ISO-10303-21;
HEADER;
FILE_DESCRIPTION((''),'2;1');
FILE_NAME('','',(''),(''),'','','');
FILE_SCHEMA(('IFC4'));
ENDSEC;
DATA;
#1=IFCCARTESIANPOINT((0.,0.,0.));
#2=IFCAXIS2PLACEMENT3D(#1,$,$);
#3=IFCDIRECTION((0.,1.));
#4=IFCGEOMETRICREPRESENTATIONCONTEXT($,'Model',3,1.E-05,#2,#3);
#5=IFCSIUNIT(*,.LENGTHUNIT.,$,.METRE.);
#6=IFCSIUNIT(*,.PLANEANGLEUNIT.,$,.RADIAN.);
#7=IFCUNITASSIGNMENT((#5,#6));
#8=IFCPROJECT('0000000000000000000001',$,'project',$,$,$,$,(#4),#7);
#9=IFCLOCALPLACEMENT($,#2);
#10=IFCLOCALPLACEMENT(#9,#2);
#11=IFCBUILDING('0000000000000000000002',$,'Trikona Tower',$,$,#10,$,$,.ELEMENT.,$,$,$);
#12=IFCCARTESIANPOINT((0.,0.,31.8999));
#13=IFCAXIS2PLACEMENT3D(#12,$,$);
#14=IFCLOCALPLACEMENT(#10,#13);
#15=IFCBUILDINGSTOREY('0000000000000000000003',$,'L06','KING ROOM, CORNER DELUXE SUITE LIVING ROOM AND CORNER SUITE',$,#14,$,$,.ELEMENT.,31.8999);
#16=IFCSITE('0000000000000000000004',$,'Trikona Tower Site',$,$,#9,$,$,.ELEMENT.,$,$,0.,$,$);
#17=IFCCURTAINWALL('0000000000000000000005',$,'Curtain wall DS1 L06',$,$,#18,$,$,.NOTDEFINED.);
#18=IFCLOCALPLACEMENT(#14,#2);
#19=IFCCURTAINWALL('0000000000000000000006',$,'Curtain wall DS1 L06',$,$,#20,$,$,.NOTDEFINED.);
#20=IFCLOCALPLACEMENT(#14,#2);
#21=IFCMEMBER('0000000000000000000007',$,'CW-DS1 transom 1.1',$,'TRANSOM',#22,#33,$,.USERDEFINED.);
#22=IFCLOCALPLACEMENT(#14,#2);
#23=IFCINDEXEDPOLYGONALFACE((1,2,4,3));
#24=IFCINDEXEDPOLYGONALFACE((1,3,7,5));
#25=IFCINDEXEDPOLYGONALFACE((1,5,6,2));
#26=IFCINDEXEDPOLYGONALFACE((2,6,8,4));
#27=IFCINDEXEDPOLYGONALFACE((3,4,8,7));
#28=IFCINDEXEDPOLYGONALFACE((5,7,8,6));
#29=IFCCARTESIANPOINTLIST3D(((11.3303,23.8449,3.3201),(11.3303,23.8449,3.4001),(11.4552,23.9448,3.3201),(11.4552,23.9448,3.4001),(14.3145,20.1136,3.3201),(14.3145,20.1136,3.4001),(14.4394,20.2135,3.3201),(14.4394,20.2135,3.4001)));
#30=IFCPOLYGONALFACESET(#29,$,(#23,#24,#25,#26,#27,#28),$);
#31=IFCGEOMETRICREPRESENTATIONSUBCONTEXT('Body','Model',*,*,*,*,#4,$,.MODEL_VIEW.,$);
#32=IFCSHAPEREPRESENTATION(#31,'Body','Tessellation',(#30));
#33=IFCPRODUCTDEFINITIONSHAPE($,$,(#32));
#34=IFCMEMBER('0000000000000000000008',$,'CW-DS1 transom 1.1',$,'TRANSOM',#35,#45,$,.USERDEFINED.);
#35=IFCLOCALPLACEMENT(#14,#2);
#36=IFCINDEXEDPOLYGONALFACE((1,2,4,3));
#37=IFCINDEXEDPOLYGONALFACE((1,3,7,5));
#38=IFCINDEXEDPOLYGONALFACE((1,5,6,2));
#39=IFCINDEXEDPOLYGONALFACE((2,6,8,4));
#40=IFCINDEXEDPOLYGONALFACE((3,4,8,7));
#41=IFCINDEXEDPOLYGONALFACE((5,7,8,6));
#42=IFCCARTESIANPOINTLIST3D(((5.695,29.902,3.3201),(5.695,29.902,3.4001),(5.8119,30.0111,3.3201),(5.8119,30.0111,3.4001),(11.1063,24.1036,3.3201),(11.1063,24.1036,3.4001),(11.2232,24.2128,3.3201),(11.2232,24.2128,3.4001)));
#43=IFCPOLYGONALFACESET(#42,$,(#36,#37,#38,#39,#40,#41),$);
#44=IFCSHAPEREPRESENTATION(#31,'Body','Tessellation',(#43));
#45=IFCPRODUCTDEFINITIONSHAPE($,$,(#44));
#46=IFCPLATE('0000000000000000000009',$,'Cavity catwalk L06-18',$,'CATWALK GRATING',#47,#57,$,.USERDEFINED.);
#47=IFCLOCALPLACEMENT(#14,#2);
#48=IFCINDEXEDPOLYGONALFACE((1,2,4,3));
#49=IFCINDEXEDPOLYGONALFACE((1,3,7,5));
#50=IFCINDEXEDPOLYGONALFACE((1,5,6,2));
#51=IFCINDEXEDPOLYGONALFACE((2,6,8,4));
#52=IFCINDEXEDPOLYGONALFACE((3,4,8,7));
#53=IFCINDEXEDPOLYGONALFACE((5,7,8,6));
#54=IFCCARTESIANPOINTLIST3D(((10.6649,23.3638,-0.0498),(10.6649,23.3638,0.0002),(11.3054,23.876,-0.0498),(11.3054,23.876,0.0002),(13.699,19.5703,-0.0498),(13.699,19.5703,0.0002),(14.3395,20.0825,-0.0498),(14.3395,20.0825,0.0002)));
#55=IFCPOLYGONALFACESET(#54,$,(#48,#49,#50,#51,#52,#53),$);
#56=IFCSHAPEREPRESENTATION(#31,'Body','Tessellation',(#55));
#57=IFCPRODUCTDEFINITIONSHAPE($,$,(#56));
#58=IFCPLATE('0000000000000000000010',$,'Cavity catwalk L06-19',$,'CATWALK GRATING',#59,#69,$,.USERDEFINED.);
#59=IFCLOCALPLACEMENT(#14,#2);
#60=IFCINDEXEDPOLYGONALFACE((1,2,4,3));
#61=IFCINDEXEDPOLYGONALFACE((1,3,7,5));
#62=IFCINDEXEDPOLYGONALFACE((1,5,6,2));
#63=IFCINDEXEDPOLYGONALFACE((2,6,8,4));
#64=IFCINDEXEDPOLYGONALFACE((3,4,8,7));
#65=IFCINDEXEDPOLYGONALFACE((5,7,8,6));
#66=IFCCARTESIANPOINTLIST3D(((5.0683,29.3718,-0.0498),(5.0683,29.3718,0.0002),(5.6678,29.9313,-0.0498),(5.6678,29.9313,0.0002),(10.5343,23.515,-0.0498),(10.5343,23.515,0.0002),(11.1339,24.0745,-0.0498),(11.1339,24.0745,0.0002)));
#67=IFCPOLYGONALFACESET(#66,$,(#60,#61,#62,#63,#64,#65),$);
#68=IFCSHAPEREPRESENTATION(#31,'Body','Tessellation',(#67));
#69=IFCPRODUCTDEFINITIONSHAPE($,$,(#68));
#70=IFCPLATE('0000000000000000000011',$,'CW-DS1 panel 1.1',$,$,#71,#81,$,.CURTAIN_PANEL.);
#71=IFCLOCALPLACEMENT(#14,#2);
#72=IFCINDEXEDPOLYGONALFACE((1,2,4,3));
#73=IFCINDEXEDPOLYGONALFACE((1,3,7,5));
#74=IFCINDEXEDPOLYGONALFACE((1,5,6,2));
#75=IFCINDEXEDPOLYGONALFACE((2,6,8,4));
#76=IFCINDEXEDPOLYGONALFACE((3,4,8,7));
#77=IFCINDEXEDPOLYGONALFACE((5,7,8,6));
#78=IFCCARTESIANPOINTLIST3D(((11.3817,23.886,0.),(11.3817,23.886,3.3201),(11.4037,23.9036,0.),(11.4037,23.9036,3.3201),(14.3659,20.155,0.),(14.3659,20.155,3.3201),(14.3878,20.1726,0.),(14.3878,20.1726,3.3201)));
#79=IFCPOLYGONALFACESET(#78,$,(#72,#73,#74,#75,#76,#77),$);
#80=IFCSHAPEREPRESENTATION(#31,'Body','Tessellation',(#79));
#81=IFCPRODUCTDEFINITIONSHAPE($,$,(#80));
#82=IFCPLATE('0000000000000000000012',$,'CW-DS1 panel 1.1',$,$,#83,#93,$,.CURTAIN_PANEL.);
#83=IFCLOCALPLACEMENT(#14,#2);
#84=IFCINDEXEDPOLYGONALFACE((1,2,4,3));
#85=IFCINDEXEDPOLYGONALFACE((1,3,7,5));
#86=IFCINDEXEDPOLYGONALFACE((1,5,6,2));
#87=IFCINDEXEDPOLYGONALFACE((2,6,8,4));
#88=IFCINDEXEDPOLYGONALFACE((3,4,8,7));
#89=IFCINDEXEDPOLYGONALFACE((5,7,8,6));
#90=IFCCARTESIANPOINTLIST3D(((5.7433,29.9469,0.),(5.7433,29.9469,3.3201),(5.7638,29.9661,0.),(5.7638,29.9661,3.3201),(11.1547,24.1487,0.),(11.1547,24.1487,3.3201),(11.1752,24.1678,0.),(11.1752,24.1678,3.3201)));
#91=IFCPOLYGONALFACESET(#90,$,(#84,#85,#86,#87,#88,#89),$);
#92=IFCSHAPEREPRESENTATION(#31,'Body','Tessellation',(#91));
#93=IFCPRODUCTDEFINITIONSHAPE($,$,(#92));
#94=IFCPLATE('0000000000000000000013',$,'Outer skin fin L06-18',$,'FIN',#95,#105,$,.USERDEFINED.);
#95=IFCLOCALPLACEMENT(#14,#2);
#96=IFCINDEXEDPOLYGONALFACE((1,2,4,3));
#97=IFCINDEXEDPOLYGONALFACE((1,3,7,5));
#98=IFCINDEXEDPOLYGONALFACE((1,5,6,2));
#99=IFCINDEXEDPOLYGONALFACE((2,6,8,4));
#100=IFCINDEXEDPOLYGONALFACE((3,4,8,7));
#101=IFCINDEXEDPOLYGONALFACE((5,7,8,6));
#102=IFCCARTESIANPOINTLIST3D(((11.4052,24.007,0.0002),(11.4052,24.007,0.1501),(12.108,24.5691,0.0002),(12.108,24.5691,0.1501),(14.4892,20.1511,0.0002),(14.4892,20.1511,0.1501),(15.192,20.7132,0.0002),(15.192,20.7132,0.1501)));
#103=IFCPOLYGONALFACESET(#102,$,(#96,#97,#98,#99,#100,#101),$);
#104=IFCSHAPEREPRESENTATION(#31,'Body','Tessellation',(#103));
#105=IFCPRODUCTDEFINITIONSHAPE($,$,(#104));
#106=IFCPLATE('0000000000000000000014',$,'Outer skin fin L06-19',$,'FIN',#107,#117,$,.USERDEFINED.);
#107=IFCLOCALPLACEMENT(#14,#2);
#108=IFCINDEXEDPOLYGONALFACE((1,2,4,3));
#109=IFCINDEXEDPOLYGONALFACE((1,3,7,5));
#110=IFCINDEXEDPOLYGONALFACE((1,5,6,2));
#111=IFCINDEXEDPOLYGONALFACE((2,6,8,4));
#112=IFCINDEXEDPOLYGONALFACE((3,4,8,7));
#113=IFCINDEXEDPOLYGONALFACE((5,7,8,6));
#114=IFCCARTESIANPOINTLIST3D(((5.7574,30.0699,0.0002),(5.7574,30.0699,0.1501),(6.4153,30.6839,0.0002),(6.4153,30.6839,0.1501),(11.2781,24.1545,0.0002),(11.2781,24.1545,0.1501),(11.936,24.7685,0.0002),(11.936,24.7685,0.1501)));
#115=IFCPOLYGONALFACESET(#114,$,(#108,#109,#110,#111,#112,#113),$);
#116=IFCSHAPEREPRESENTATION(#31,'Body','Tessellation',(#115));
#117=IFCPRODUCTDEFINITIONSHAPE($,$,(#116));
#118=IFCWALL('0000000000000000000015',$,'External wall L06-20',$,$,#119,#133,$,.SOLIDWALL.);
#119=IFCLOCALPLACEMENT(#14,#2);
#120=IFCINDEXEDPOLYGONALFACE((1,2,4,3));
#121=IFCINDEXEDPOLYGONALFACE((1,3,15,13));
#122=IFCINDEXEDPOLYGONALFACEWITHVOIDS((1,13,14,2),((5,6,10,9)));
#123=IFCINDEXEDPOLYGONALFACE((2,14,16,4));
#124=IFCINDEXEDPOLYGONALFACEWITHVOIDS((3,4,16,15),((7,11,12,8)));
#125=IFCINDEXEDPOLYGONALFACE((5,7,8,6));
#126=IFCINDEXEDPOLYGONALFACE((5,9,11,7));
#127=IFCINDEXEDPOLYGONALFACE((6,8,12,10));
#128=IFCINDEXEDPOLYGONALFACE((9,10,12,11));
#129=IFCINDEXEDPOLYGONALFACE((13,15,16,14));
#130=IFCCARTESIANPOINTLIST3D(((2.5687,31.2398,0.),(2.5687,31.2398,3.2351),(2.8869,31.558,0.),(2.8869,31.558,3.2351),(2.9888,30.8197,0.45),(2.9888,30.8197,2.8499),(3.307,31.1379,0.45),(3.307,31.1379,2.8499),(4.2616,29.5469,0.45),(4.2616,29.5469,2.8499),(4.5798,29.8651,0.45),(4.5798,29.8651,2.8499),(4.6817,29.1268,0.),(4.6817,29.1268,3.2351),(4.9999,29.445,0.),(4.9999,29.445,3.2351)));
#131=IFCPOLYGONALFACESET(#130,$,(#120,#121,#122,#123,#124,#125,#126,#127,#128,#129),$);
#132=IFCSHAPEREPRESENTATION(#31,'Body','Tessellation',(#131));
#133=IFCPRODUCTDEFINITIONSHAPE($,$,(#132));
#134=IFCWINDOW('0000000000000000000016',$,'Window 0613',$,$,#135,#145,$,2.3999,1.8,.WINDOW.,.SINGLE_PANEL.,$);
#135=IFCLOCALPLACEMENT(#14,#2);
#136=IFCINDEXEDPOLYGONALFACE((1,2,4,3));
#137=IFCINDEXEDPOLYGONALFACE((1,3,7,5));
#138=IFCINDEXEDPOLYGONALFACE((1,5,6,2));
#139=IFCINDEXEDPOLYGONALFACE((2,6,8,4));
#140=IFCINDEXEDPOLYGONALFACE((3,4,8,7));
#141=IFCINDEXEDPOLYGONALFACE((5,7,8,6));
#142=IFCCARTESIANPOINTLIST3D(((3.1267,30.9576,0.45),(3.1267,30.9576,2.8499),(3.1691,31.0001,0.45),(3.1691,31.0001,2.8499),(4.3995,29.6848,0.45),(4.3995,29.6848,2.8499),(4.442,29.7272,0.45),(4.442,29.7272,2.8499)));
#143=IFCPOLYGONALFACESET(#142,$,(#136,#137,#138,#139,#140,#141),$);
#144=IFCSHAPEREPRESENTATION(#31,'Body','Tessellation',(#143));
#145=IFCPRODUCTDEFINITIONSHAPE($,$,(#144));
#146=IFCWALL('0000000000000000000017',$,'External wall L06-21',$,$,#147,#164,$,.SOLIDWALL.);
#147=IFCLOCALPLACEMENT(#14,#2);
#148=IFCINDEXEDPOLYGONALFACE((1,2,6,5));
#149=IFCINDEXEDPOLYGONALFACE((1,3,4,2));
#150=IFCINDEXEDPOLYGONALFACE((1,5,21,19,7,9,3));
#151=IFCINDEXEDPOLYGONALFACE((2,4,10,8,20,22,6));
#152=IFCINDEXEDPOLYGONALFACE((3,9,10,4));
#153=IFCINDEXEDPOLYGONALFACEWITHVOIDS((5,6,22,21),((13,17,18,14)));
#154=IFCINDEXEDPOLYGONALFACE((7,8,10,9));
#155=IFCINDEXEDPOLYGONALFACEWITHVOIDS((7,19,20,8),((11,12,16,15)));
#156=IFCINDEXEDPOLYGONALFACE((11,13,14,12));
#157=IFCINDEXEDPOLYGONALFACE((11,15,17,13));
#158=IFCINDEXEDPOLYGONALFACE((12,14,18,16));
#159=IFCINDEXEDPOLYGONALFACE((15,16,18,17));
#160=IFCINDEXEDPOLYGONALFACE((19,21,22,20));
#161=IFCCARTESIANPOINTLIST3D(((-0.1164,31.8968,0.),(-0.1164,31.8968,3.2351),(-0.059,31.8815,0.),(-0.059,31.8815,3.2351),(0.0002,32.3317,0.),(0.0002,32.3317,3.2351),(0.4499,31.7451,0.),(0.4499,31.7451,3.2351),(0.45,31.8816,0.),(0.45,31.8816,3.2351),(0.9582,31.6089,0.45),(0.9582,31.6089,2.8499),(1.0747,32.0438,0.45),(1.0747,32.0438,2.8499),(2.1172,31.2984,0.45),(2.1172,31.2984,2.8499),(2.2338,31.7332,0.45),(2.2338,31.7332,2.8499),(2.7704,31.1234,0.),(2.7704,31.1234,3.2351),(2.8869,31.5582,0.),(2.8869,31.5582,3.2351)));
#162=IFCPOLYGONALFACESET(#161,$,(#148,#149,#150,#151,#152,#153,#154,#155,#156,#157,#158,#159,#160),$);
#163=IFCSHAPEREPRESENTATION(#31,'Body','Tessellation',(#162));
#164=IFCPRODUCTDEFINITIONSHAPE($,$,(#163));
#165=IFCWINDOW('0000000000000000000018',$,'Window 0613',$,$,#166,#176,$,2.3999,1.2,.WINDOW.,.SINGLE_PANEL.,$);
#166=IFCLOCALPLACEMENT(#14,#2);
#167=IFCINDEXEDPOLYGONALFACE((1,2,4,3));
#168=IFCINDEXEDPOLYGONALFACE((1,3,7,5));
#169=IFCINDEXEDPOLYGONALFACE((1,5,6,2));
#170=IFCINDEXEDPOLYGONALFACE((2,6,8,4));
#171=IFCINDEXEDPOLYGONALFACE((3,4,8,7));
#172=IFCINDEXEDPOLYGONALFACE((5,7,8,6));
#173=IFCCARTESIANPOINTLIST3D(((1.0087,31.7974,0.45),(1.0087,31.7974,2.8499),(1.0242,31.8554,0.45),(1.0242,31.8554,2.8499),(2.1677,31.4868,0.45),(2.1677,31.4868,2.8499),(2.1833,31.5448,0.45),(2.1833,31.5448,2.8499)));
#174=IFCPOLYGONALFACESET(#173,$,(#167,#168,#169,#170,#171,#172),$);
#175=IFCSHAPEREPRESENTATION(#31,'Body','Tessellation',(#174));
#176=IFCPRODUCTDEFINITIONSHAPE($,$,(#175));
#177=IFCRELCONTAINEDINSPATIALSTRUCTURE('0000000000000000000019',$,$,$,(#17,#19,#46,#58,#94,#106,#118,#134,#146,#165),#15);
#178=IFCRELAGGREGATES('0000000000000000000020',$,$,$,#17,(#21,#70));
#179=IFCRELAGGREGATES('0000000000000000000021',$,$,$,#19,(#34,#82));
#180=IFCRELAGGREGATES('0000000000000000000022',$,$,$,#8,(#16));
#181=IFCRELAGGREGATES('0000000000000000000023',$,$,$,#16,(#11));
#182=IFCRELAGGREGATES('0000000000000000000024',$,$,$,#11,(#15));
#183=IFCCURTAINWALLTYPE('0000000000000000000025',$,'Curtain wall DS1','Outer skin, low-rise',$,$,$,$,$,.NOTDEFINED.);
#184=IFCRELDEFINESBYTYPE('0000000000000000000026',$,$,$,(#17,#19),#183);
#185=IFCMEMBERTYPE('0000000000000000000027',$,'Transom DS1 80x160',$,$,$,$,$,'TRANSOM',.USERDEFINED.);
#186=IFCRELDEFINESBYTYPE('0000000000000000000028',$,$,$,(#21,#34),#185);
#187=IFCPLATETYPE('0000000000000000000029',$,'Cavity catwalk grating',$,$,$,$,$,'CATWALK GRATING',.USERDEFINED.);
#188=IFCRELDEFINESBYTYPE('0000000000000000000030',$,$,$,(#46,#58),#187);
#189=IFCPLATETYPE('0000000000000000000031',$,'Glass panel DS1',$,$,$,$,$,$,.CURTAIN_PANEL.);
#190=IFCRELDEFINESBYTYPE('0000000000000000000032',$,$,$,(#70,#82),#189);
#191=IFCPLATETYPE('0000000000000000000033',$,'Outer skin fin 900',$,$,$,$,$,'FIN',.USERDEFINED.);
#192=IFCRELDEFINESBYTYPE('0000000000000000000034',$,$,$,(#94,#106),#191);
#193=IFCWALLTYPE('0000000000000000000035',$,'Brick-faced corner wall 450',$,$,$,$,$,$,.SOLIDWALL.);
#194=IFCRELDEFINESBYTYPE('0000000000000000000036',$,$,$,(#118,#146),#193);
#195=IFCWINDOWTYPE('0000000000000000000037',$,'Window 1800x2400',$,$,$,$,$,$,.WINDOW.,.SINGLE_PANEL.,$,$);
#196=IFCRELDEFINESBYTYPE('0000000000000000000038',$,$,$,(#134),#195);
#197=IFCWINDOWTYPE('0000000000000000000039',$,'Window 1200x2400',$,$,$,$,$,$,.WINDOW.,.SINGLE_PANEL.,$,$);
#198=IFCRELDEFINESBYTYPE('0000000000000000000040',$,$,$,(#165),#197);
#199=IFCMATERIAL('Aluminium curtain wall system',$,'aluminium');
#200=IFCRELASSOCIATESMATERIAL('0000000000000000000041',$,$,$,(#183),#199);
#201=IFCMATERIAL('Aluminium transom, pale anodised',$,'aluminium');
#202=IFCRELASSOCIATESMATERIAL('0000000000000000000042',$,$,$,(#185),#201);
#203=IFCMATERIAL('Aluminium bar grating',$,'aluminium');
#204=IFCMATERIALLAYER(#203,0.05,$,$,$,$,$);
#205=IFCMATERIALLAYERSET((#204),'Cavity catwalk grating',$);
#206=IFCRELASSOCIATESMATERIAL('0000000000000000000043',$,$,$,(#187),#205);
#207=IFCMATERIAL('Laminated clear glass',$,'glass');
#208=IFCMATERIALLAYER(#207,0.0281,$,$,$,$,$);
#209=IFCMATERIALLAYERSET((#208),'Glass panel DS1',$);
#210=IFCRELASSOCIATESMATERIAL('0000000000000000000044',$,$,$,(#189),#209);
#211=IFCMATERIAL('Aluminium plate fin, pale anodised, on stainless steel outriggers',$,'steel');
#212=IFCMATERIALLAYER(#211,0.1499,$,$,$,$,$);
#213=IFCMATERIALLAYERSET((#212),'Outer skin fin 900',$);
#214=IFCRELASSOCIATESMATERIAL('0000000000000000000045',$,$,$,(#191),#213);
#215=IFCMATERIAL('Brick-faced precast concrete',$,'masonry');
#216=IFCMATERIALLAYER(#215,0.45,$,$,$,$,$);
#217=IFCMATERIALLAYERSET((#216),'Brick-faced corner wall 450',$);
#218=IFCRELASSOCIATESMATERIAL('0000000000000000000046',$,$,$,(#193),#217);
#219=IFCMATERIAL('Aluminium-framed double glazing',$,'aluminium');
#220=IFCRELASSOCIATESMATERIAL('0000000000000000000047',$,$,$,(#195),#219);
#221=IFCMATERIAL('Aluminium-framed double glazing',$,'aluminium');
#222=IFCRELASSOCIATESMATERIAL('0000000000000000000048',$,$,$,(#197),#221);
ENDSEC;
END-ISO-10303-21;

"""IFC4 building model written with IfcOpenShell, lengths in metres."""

from ifc_helpers import new_model, si_unit, direction, frame, frame_2d, origin, origin_2d, place, context, subcontext, project, spatial, polyline, rectangle, outline, extrude, material, layer, layer_set, material_profile, profile_set, type_object, element, fill, aggregate, save


model = new_model("IFC4")

# Units and contexts
model_context = context("Model", 3, precision=1e-05, world=origin(), true_north=direction((0.0, 1.0)))
body_context = subcontext(model_context, "Body", "Model", "MODEL_VIEW")
ifc_project = project(units=[si_unit("LENGTHUNIT", "METRE"), si_unit("PLANEANGLEUNIT", "RADIAN")], contexts=[model_context])

# Site, building, storey
site_placement = place(None, origin())
site = spatial("IfcSite", under=ifc_project, at=site_placement, Name="Trikona Tower Site", CompositionType="ELEMENT", RefElevation=0.0)
building_placement = place(site_placement, origin())
building = spatial("IfcBuilding", under=site, at=building_placement, Name="Trikona Tower", CompositionType="ELEMENT")
storey_placement = place(building_placement, frame((0.0, 0.0, 31.8999)))
storey = spatial("IfcBuildingStorey", under=building, at=storey_placement, Name="L06", Description="KING ROOM, CORNER DELUXE SUITE LIVING ROOM AND CORNER SUITE", CompositionType="ELEMENT", Elevation=31.8999)

# Shared definitions
ifc_material_1 = material(Name="Aluminium curtain wall system", Category="aluminium")
curtain_wall_type = type_object("IfcCurtainWallType", Name="Curtain wall DS1", Description="Outer skin, low-rise", PredefinedType="NOTDEFINED", material=ifc_material_1)

# Curtain walls
curtain_wall_1_placement = place(storey_placement, origin())
curtain_wall_1 = element("IfcCurtainWall", 1, at=curtain_wall_1_placement, inside=storey, type_object=curtain_wall_type, Name="Curtain wall DS1 L06", PredefinedType="NOTDEFINED")
curtain_wall_2_placement = place(storey_placement, origin())
curtain_wall_2 = element("IfcCurtainWall", 2, at=curtain_wall_2_placement, inside=storey, type_object=curtain_wall_type, Name="Curtain wall DS1 L06", PredefinedType="NOTDEFINED")

# Members
ifc_material_2 = material(Name="Aluminium transom, pale anodised", Category="aluminium")
ifc_material_profile_1 = material_profile(ifc_material_2, rectangle(XDim=0.1599, YDim=0.0801, at=origin_2d()), Name="TRN-DS1")
ifc_profile_set_1 = profile_set([ifc_material_profile_1], Name="Aluminium transom, pale anodised")
member_type_1 = type_object("IfcMemberType", Name="Transom DS1 80x160", ElementType="TRANSOM", PredefinedType="USERDEFINED", material=ifc_profile_set_1)
member_1_placement = place(storey_placement, frame((14.377, 20.1636, 3.3601), z_axis=(-0.624589, 0.780954, 0.0), x_axis=(-0.780954, -0.624589, 0.0)))
member_1 = element("IfcMember", 3, at=member_1_placement, type_object=member_type_1, Name="CW-DS1 transom 1.1", ObjectType="TRANSOM", PredefinedType="USERDEFINED", context=body_context, shape_type="SweptSolid", body=[
    extrude(rectangle(XDim=0.1599, YDim=0.0801, at=origin_2d()), origin(), (0.0, 0.0, 1.0), 4.7778),
])
member_2_placement = place(storey_placement, frame((11.1648, 24.1582, 3.3601), z_axis=(-0.682291, 0.731081, 0.0), x_axis=(-0.731081, -0.682291, 0.0)))
member_2 = element("IfcMember", 4, at=member_2_placement, type_object=member_type_1, Name="CW-DS1 transom 1.1", ObjectType="TRANSOM", PredefinedType="USERDEFINED", context=body_context, shape_type="SweptSolid", body=[
    extrude(rectangle(XDim=0.1599, YDim=0.0801, at=origin_2d()), origin(), (0.0, 0.0, 1.0), 7.9312),
])

# Plates
ifc_material_3 = material(Name="Aluminium bar grating", Category="aluminium")
ifc_layer_1 = layer(ifc_material_3, 0.05)
ifc_layer_set_1 = layer_set([ifc_layer_1], Name="Cavity catwalk grating")
plate_type_1 = type_object("IfcPlateType", Name="Cavity catwalk grating", ElementType="CATWALK GRATING", PredefinedType="USERDEFINED", material=ifc_layer_set_1)
plate_1_placement = place(storey_placement, frame((12.5022, 21.7231, -0.0498), z_axis=(0.0, 0.0, 1.0), x_axis=(-0.624604, 0.780942, 0.0)))
element("IfcPlate", 5, at=plate_1_placement, inside=storey, type_object=plate_type_1, Name="Cavity catwalk L06-18", ObjectType="CATWALK GRATING", PredefinedType="USERDEFINED", context=body_context, shape_type="SweptSolid", body=[
    extrude(rectangle(XDim=4.8577, YDim=0.8201, at=origin_2d()), origin(), (0.0, 0.0, 1.0), 0.05),
])
plate_2_placement = place(storey_placement, frame((8.1011, 26.7231, -0.0498), z_axis=(0.0, 0.0, 1.0), x_axis=(-0.682298, 0.731074, 0.0)))
element("IfcPlate", 6, at=plate_2_placement, inside=storey, type_object=plate_type_1, Name="Cavity catwalk L06-19", ObjectType="CATWALK GRATING", PredefinedType="USERDEFINED", context=body_context, shape_type="SweptSolid", body=[
    extrude(rectangle(XDim=8.0112, YDim=0.8201, at=origin_2d()), origin(), (0.0, 0.0, 1.0), 0.05),
])

# Plates
ifc_material_4 = material(Name="Laminated clear glass", Category="glass")
ifc_layer_2 = layer(ifc_material_4, 0.0281)
ifc_layer_set_2 = layer_set([ifc_layer_2], Name="Glass panel DS1")
plate_type_2 = type_object("IfcPlateType", Name="Glass panel DS1", PredefinedType="CURTAIN_PANEL", material=ifc_layer_set_2)
plate_3_placement = place(storey_placement, frame((12.8848, 22.0293, 0.0), z_axis=(0.0, 0.0, 1.0), x_axis=(-0.624609, 0.780938, 0.0)))
plate_3 = element("IfcPlate", 7, at=plate_3_placement, type_object=plate_type_2, Name="CW-DS1 panel 1.1", PredefinedType="CURTAIN_PANEL", context=body_context, shape_type="SweptSolid", body=[
    extrude(rectangle(XDim=4.7776, YDim=0.0281, at=origin_2d()), origin(), (0.0, 0.0, 1.0), 3.3201),
])
aggregate(curtain_wall_1, [member_1, plate_3])
plate_4_placement = place(storey_placement, frame((8.4592, 27.0574, 0.0), z_axis=(0.0, 0.0, 1.0), x_axis=(-0.682295, 0.731077, 0.0)))
plate_4 = element("IfcPlate", 8, at=plate_4_placement, type_object=plate_type_2, Name="CW-DS1 panel 1.1", PredefinedType="CURTAIN_PANEL", context=body_context, shape_type="SweptSolid", body=[
    extrude(rectangle(XDim=7.9312, YDim=0.0281, at=origin_2d()), origin(), (0.0, 0.0, 1.0), 3.3201),
])
aggregate(curtain_wall_2, [member_2, plate_4])

# Plates
ifc_material_5 = material(Name="Aluminium plate fin, pale anodised, on stainless steel outriggers", Category="steel")
ifc_layer_3 = layer(ifc_material_5, 0.1499)
ifc_layer_set_3 = layer_set([ifc_layer_3], Name="Outer skin fin 900")
plate_type_3 = type_object("IfcPlateType", Name="Outer skin fin 900", ElementType="FIN", PredefinedType="USERDEFINED", material=ifc_layer_set_3)
plate_5_placement = place(storey_placement, frame((13.2986, 22.3601, 0.0002), z_axis=(0.0, 0.0, 1.0), x_axis=(-0.624604, 0.780942, 0.0)))
element("IfcPlate", 9, at=plate_5_placement, inside=storey, type_object=plate_type_3, Name="Outer skin fin L06-18", ObjectType="FIN", PredefinedType="USERDEFINED", context=body_context, shape_type="SweptSolid", body=[
    extrude(rectangle(XDim=4.9375, YDim=0.8999, at=origin_2d()), origin(), (0.0, 0.0, 1.0), 0.1499),
])
plate_6_placement = place(storey_placement, frame((8.8467, 27.4192, 0.0002), z_axis=(0.0, 0.0, 1.0), x_axis=(-0.682298, 0.731074, 0.0)))
element("IfcPlate", 10, at=plate_6_placement, inside=storey, type_object=plate_type_3, Name="Outer skin fin L06-19", ObjectType="FIN", PredefinedType="USERDEFINED", context=body_context, shape_type="SweptSolid", body=[
    extrude(rectangle(XDim=8.0913, YDim=0.8999, at=origin_2d()), origin(), (0.0, 0.0, 1.0), 0.1499),
])

# Walls, openings, windows
ifc_material_6 = material(Name="Brick-faced precast concrete", Category="masonry")
ifc_layer_4 = layer(ifc_material_6, 0.45)
ifc_layer_set_4 = layer_set([ifc_layer_4], Name="Brick-faced corner wall 450")
wall_type_1 = type_object("IfcWallType", Name="Brick-faced corner wall 450", PredefinedType="SOLIDWALL", material=ifc_layer_set_4)
wall_1_placement = place(storey_placement, frame((4.8408, 29.2859, 0.0), z_axis=(0.0, 0.0, 1.0), x_axis=(-0.707107, 0.707107, 0.0)))
wall_1 = element("IfcWall", 11, at=wall_1_placement, inside=storey, type_object=wall_type_1, Name="External wall L06-20", PredefinedType="SOLIDWALL", context=body_context, shape_type="SweptSolid", body=[
    extrude(rectangle(XDim=2.9883, YDim=0.45, at=frame_2d((1.4941, 0.0))), origin(), (0.0, 0.0, 1.0), 3.2351),
])
opening_1_placement = place(wall_1_placement, frame((0.5942, 0.0, 0.45)))
opening_1 = element("IfcOpeningElement", 12, at=opening_1_placement, cuts=wall_1, PredefinedType="OPENING", context=body_context, shape_type="SweptSolid", body=[
    extrude(rectangle(XDim=1.8, YDim=2.3999, at=frame_2d((0.8999, 1.2))), frame((0.0, 0.2349, 0.0), z_axis=(0.0, -1.0, 0.0), x_axis=(1.0, 0.0, 0.0)), (0.0, 0.0, 1.0), 0.47),
])
ifc_material_7 = material(Name="Aluminium-framed double glazing", Category="aluminium")
window_type_1 = type_object("IfcWindowType", Name="Window 1800x2400", PartitioningType="SINGLE_PANEL", PredefinedType="WINDOW", material=ifc_material_7)
window_1_placement = place(opening_1_placement, origin())
window_1 = element("IfcWindow", 13, at=window_1_placement, inside=storey, type_object=window_type_1, Name="Window 0613", OverallHeight=2.3999, OverallWidth=1.8, PartitioningType="SINGLE_PANEL", PredefinedType="WINDOW", context=body_context, shape_type="SweptSolid", body=[
    extrude(rectangle(XDim=1.8, YDim=2.3999, at=frame_2d((0.8999, 1.2))), frame((0.0, 0.03, 0.0), z_axis=(0.0, -1.0, 0.0), x_axis=(1.0, 0.0, 0.0)), (0.0, 0.0, 1.0), 0.0601),
])
fill(opening_1, window_1)
wall_2_placement = place(storey_placement, frame((2.8286, 31.3408, 0.0), z_axis=(0.0, 0.0, 1.0), x_axis=(-0.965931, 0.258801, 0.0)))
wall_2 = element("IfcWall", 14, at=wall_2_placement, inside=storey, type_object=wall_type_1, Name="External wall L06-21", PredefinedType="SOLIDWALL", context=body_context, shape_type="SweptSolid", body=[
    extrude(outline(polyline([(2.9885, 0.2251), (2.9292, 0.2251), (2.4375, 0.0933), (2.4023, 0.2251), (0.0, 0.2251), (0.0, -0.2251), (2.9885, -0.2251), (2.9885, 0.2251)])), origin(), (0.0, 0.0, 1.0), 3.2351),
])
opening_2_placement = place(wall_2_placement, frame((0.676, 0.0, 0.45)))
opening_2 = element("IfcOpeningElement", 15, at=opening_2_placement, cuts=wall_2, PredefinedType="OPENING", context=body_context, shape_type="SweptSolid", body=[
    extrude(rectangle(XDim=1.2, YDim=2.3999, at=frame_2d((0.6001, 1.2))), frame((0.0, 0.2349, 0.0), z_axis=(0.0, -1.0, 0.0), x_axis=(1.0, 0.0, 0.0)), (0.0, 0.0, 1.0), 0.47),
])
ifc_material_8 = material(Name="Aluminium-framed double glazing", Category="aluminium")
window_type_2 = type_object("IfcWindowType", Name="Window 1200x2400", PartitioningType="SINGLE_PANEL", PredefinedType="WINDOW", material=ifc_material_8)
window_2_placement = place(opening_2_placement, origin())
window_2 = element("IfcWindow", 16, at=window_2_placement, inside=storey, type_object=window_type_2, Name="Window 0613", OverallHeight=2.3999, OverallWidth=1.2, PartitioningType="SINGLE_PANEL", PredefinedType="WINDOW", context=body_context, shape_type="SweptSolid", body=[
    extrude(rectangle(XDim=1.2, YDim=2.3999, at=frame_2d((0.6001, 1.2))), frame((0.0, 0.03, 0.0), z_axis=(0.0, -1.0, 0.0), x_axis=(1.0, 0.0, 0.0)), (0.0, 0.0, 1.0), 0.0601),
])
fill(opening_2, window_2)

save(model, "model.ifc")
